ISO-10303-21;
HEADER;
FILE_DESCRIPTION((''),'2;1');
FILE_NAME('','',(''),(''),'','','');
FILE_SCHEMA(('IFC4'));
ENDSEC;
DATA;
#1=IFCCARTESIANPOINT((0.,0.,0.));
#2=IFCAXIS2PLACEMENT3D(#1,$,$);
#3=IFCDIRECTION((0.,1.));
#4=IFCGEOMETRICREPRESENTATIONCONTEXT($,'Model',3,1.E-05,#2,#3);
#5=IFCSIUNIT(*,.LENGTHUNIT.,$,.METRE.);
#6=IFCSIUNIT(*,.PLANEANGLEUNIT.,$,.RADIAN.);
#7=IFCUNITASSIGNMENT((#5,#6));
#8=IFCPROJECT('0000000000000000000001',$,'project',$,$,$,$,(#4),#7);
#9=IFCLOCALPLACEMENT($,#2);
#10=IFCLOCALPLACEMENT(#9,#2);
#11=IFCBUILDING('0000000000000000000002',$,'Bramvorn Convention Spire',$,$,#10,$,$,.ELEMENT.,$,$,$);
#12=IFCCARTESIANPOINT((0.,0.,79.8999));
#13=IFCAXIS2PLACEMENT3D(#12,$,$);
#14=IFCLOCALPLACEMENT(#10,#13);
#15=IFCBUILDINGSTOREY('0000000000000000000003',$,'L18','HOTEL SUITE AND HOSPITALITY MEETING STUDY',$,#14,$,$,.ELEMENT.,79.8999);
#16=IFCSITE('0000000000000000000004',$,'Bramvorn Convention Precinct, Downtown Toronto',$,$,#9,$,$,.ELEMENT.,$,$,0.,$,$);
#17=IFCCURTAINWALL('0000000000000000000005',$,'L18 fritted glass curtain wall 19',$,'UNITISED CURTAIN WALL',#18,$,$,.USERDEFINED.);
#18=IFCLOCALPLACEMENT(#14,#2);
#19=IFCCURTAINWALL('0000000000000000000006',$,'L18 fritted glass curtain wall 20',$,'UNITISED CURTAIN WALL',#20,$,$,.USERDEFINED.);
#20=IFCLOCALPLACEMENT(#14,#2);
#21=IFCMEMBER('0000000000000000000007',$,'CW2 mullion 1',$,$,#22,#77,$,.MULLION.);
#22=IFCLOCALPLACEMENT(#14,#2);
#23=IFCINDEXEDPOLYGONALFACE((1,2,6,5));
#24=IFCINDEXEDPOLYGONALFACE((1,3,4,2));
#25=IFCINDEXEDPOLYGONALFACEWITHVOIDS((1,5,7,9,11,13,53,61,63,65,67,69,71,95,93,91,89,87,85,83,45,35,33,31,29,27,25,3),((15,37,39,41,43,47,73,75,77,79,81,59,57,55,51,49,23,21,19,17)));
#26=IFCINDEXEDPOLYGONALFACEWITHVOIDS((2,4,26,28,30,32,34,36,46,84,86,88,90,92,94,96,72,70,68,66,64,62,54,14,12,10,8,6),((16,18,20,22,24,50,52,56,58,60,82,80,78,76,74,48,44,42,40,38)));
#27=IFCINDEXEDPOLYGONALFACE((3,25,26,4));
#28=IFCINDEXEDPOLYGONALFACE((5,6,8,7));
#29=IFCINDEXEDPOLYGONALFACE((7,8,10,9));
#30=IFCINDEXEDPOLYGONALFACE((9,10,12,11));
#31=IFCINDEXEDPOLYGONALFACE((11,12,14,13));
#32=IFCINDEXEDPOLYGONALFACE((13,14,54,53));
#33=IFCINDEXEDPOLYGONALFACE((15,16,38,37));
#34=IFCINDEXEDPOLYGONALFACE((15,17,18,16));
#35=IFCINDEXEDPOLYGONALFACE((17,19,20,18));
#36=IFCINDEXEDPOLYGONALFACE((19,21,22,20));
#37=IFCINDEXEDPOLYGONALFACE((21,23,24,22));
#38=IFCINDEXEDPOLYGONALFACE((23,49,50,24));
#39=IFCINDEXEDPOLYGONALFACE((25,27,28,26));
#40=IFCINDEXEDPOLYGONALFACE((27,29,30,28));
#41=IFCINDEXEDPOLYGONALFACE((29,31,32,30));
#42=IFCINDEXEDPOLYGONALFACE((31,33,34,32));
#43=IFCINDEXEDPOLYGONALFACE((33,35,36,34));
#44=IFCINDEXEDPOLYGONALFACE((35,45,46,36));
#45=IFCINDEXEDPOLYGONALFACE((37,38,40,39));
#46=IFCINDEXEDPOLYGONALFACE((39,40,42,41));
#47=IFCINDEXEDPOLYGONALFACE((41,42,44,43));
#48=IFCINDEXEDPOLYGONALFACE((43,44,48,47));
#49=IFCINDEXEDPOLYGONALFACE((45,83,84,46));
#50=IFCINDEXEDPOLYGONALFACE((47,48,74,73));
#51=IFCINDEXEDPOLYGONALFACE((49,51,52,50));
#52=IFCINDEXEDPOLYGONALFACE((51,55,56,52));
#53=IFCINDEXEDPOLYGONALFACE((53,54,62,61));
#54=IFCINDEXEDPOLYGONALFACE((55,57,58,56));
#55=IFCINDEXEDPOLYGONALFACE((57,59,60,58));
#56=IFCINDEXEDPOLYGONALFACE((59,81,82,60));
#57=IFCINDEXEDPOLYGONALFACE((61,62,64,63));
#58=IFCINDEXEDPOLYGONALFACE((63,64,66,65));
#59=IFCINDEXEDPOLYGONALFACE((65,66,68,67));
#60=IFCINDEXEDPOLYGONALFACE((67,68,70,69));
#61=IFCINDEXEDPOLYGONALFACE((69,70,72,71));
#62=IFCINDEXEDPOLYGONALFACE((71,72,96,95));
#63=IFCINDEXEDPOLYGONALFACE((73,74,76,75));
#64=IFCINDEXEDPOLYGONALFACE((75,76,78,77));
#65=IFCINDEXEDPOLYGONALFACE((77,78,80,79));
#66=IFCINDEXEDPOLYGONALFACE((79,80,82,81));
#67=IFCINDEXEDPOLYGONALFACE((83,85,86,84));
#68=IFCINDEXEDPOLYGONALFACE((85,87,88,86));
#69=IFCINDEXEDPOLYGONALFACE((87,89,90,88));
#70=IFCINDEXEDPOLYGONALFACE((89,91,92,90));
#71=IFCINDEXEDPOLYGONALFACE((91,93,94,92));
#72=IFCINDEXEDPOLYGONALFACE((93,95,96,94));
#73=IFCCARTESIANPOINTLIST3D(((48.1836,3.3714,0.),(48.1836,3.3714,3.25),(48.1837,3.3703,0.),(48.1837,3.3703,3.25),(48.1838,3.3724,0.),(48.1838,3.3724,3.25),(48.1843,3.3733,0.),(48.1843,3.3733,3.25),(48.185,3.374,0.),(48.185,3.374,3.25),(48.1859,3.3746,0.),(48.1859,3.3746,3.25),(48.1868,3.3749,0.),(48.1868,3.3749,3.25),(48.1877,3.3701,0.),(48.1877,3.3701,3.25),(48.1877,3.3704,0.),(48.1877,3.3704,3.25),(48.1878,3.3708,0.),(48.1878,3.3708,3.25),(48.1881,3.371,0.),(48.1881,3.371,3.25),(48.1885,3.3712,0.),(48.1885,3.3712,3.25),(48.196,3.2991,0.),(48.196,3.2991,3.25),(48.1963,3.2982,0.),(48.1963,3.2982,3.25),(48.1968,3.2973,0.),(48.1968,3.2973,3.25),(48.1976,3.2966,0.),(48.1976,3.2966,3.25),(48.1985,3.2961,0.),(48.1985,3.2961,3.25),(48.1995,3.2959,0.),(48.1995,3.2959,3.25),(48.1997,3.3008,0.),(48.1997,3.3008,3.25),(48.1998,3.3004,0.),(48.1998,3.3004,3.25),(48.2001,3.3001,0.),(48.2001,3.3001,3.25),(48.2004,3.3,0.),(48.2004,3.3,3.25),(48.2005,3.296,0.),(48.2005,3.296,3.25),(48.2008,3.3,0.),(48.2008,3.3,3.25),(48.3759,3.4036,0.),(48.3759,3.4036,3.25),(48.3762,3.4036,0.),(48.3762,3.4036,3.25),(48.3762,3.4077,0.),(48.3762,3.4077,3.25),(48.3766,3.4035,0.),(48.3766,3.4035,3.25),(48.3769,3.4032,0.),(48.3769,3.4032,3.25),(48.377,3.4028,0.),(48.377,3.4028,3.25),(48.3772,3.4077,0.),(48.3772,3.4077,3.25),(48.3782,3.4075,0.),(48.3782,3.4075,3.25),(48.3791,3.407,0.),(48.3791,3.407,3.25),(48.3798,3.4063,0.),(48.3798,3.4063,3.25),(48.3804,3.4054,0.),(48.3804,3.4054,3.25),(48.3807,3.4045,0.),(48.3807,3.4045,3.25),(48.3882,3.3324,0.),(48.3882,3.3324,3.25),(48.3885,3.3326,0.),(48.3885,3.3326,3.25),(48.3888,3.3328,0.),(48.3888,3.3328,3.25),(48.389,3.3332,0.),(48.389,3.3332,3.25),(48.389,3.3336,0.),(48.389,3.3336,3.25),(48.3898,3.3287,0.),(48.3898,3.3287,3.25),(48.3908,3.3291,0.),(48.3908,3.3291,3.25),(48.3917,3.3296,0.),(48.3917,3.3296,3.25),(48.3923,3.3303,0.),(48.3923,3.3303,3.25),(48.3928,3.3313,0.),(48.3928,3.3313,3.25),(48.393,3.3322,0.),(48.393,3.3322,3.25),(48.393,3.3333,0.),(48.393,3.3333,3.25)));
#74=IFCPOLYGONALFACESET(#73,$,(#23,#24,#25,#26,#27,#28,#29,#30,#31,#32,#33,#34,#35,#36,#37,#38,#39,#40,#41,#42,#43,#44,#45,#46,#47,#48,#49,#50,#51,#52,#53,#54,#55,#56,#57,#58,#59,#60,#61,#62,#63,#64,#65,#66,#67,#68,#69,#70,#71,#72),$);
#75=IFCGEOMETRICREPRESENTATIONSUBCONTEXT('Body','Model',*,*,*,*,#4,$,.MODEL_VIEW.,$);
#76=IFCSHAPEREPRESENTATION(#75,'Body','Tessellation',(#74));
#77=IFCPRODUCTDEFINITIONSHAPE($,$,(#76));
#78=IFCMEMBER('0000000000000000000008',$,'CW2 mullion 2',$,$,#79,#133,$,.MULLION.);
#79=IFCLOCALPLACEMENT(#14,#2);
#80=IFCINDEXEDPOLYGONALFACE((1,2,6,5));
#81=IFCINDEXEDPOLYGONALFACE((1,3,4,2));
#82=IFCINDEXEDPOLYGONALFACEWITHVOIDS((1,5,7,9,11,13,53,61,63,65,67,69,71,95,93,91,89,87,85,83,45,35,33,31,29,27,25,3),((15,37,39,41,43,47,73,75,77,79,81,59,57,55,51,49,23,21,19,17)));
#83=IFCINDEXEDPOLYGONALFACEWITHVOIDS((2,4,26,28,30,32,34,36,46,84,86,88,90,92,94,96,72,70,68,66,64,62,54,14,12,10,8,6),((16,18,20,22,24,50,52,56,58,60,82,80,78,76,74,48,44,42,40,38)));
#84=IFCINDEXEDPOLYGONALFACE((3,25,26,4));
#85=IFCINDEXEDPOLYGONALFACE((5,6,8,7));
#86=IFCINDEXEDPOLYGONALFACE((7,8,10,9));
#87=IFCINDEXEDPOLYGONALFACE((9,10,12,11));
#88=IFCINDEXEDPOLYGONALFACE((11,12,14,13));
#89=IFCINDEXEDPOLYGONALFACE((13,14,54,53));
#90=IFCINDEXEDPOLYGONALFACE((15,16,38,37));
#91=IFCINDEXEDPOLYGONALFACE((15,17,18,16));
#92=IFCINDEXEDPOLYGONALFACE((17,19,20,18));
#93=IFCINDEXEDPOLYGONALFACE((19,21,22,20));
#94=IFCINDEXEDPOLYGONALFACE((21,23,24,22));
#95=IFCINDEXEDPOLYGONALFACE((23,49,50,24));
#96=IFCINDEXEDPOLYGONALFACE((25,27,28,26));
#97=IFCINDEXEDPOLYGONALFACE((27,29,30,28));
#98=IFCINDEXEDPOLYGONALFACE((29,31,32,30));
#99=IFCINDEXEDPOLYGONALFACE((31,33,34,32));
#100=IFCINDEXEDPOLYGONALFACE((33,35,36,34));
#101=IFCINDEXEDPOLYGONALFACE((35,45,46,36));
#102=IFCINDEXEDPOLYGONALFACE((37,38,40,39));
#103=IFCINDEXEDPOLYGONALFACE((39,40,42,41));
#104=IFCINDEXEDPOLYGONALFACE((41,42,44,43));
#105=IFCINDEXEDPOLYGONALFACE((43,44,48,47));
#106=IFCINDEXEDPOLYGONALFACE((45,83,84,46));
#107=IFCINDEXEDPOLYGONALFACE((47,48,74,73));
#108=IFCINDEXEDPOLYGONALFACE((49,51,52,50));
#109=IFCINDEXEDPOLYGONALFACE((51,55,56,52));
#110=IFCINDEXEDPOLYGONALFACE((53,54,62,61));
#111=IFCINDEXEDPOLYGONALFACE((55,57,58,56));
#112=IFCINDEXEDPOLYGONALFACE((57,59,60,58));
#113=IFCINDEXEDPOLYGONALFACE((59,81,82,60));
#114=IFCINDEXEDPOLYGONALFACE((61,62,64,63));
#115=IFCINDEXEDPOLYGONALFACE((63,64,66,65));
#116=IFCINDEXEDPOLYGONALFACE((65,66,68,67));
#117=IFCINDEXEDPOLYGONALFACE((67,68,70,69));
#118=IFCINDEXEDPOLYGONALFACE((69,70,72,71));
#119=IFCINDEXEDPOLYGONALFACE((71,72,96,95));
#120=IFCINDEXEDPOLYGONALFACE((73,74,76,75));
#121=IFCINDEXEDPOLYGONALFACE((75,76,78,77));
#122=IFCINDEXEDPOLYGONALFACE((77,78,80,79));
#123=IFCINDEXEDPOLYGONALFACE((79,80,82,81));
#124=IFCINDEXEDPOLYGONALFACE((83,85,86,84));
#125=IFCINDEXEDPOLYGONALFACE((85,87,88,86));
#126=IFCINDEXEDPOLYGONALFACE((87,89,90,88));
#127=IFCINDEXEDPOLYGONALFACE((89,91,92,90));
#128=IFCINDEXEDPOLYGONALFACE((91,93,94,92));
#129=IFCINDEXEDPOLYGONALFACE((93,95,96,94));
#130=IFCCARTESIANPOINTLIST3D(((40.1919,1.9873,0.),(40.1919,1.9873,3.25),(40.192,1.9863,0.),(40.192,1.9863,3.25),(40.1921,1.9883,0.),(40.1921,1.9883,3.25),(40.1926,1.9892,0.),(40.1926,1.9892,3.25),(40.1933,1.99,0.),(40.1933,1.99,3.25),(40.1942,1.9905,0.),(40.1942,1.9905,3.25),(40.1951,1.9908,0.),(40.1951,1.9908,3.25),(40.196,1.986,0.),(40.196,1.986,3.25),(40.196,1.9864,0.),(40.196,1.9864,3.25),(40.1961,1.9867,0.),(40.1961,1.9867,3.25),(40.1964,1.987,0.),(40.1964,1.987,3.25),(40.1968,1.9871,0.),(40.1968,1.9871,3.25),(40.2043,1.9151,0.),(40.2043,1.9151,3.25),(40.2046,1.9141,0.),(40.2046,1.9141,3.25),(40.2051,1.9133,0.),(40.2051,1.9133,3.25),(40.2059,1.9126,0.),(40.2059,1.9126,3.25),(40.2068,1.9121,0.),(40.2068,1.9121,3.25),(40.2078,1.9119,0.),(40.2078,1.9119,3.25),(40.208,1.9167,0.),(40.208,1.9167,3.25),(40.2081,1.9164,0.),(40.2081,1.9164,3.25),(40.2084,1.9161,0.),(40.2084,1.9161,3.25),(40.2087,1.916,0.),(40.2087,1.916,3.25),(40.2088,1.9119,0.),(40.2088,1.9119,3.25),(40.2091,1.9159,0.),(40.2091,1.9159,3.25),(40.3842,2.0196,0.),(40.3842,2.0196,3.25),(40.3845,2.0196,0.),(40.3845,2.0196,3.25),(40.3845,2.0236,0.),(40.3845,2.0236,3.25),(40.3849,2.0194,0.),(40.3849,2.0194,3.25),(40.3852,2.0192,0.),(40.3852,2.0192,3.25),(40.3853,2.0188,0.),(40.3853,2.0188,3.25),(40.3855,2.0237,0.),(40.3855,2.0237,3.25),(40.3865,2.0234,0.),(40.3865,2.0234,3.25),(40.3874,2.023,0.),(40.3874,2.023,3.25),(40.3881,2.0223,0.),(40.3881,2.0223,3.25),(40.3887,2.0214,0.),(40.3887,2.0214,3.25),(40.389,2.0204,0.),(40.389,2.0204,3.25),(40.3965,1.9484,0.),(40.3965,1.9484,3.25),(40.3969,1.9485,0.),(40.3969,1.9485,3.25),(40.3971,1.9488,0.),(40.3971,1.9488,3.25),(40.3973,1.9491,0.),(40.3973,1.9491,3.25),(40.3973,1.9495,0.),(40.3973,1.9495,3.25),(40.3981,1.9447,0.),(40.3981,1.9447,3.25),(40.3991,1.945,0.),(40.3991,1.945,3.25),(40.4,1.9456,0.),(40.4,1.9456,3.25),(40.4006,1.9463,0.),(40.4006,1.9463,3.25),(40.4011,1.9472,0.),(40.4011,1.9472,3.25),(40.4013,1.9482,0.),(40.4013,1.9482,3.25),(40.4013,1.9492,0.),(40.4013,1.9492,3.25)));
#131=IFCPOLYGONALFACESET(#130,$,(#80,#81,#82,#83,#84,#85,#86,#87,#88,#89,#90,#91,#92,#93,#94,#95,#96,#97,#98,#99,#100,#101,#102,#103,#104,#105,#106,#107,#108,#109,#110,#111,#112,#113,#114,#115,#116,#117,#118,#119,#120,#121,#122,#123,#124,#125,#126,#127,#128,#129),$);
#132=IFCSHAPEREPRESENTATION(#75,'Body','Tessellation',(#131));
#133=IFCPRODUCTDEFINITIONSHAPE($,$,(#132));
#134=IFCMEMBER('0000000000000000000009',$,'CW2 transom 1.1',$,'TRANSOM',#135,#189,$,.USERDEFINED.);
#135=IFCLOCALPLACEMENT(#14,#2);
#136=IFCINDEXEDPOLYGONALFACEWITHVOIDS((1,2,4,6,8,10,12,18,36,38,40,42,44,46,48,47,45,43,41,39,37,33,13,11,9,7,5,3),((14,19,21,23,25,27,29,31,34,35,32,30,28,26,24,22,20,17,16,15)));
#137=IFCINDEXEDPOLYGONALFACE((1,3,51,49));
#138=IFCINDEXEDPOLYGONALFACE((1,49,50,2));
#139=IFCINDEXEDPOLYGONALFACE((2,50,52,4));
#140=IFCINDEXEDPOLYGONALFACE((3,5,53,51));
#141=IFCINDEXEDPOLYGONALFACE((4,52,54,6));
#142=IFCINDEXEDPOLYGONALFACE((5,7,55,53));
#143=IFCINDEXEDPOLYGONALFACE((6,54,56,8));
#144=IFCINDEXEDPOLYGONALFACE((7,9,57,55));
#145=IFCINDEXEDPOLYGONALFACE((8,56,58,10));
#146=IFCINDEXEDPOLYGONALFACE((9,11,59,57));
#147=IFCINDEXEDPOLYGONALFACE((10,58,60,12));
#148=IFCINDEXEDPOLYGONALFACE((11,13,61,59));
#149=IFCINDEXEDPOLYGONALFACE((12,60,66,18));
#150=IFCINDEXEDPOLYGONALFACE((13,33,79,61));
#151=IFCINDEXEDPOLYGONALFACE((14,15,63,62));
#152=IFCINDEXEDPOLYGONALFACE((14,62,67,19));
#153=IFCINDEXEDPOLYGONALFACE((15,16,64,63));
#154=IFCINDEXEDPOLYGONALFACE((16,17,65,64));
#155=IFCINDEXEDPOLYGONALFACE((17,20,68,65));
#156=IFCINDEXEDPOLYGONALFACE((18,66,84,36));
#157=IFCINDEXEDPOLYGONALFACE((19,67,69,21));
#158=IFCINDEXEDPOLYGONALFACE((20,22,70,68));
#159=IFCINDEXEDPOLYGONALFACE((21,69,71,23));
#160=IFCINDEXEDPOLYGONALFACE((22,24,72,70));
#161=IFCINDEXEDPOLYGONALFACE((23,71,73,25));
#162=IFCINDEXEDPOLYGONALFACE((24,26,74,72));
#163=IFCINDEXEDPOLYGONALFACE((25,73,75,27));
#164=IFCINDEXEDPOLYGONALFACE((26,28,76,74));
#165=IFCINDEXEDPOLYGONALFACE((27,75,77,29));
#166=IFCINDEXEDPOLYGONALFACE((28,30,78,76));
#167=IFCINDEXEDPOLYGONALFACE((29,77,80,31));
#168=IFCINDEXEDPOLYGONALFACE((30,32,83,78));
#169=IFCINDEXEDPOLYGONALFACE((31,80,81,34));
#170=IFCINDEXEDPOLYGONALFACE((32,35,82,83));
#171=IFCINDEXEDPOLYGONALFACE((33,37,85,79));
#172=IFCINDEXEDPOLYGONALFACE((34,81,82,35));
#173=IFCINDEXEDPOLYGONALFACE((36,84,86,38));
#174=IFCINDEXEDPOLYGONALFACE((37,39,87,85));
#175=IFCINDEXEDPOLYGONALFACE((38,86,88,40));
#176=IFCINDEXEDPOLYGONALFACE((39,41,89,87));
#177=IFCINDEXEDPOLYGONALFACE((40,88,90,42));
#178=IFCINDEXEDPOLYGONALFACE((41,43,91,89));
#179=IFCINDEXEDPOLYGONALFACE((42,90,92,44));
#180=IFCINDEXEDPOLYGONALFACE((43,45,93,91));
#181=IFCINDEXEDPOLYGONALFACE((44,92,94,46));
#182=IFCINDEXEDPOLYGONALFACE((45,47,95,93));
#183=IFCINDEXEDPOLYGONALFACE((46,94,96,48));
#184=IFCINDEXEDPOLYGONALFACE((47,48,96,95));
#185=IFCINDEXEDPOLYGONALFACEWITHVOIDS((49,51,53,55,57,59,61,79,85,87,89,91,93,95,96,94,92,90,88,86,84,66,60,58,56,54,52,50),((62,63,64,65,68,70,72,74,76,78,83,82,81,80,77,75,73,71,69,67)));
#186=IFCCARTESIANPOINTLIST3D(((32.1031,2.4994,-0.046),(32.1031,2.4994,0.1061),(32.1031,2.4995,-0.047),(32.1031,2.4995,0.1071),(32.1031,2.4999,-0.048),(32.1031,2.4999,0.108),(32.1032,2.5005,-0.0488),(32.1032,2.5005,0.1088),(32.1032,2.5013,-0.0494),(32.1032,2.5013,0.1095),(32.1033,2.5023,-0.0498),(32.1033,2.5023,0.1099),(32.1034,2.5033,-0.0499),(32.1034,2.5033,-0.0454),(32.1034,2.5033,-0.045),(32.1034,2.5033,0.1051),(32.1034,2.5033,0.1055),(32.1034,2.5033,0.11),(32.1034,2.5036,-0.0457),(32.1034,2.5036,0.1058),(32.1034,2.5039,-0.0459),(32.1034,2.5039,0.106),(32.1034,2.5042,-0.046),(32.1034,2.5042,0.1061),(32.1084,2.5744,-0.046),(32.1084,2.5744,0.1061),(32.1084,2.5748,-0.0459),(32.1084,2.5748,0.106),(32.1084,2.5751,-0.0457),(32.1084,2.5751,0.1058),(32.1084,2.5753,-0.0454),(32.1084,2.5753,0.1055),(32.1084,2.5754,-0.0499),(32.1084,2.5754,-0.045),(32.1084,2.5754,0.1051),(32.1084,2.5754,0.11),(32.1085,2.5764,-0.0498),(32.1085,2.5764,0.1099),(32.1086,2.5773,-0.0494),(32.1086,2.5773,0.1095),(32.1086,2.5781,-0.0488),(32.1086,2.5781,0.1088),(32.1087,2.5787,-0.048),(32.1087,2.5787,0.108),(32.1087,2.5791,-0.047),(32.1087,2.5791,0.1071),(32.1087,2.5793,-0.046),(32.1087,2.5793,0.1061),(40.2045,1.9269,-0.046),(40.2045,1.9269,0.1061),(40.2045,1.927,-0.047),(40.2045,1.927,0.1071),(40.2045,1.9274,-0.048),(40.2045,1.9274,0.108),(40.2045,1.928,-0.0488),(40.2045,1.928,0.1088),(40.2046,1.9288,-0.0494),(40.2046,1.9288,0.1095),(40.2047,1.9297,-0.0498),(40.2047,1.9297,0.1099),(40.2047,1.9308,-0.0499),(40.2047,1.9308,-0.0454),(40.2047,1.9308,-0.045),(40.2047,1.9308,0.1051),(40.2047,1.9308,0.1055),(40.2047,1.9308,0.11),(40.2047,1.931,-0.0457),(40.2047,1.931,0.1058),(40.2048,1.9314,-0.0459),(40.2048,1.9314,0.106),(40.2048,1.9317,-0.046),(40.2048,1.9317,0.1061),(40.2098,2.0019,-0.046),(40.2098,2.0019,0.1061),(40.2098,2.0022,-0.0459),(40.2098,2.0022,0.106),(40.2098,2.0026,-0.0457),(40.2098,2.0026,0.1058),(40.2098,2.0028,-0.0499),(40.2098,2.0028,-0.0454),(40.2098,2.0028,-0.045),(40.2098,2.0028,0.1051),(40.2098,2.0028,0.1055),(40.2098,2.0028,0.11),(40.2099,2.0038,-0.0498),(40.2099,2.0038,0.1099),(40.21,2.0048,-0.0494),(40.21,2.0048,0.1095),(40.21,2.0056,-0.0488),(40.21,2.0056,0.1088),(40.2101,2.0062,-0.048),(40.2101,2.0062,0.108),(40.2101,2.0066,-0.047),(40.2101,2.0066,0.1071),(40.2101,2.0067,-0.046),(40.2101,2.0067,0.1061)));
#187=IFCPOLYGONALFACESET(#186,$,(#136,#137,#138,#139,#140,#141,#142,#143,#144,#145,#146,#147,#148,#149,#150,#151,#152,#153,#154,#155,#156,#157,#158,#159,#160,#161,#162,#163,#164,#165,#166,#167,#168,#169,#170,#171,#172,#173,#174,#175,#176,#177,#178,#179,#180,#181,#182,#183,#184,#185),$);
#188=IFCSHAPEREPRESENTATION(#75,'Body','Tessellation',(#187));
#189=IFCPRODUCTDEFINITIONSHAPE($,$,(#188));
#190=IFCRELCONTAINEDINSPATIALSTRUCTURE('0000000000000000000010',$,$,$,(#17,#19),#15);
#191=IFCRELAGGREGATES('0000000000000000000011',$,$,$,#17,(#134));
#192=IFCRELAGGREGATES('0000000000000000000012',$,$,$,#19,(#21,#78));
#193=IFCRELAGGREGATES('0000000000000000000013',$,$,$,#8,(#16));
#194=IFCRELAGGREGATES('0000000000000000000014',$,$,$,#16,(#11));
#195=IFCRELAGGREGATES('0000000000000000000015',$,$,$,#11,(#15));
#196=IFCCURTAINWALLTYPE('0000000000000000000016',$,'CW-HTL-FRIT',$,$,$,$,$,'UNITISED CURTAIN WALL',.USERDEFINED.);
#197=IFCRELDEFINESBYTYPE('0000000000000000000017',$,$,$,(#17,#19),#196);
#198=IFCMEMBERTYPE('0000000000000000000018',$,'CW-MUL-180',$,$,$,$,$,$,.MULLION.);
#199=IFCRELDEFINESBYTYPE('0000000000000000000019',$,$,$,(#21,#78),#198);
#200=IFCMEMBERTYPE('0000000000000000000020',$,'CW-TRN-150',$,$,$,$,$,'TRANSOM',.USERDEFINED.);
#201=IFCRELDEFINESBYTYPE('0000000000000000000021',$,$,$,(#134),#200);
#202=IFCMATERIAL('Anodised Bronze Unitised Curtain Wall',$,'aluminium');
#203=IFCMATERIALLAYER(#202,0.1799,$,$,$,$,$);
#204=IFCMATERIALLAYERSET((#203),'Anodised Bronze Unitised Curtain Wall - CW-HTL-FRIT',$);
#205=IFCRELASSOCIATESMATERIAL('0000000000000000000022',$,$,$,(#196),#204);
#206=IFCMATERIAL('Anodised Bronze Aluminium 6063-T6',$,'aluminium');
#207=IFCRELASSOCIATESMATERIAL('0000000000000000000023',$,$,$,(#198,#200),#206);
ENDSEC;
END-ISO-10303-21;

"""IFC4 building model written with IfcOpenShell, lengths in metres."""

from ifc_helpers import new_model, si_unit, direction, frame, origin, origin_2d, place, context, subcontext, project, spatial, hollow_rectangle, extrude, material, layer, layer_set, material_profile, profile_set, type_object, element, aggregate, save


model = new_model("IFC4")

# Units and contexts
model_context = context("Model", 3, precision=1e-05, world=origin(), true_north=direction((0.0, 1.0)))
body_context = subcontext(model_context, "Body", "Model", "MODEL_VIEW")
ifc_project = project(units=[si_unit("LENGTHUNIT", "METRE"), si_unit("PLANEANGLEUNIT", "RADIAN")], contexts=[model_context])

# Site, building, storey
site_placement = place(None, origin())
site = spatial("IfcSite", under=ifc_project, at=site_placement, Name="Bramvorn Convention Precinct, Downtown Toronto", CompositionType="ELEMENT", RefElevation=0.0)
building_placement = place(site_placement, origin())
building = spatial("IfcBuilding", under=site, at=building_placement, Name="Bramvorn Convention Spire", CompositionType="ELEMENT")
storey_placement = place(building_placement, frame((0.0, 0.0, 79.8999)))
storey = spatial("IfcBuildingStorey", under=building, at=storey_placement, Name="L18", Description="HOTEL SUITE AND HOSPITALITY MEETING STUDY", CompositionType="ELEMENT", Elevation=79.8999)

# Curtain wall
ifc_material_1 = material(Name="Anodised Bronze Unitised Curtain Wall", Category="aluminium")
ifc_layer_1 = layer(ifc_material_1, 0.1799)
ifc_layer_set_1 = layer_set([ifc_layer_1], Name="Anodised Bronze Unitised Curtain Wall - CW-HTL-FRIT")
curtain_wall_type = type_object("IfcCurtainWallType", Name="CW-HTL-FRIT", ElementType="UNITISED CURTAIN WALL", PredefinedType="USERDEFINED", material=ifc_layer_set_1)
curtain_wall_1_placement = place(storey_placement, origin())
curtain_wall_1 = element("IfcCurtainWall", 1, at=curtain_wall_1_placement, inside=storey, type_object=curtain_wall_type, Name="L18 fritted glass curtain wall 19", ObjectType="UNITISED CURTAIN WALL", PredefinedType="USERDEFINED")
ifc_material_2 = material(Name="Anodised Bronze Aluminium 6063-T6", Category="aluminium")
ifc_material_profile_1 = material_profile(ifc_material_2, hollow_rectangle(XDim=0.0801, YDim=0.2, WallThickness=0.0039, InnerFilletRadius=0.001, OuterFilletRadius=0.0039, at=origin_2d()))
ifc_profile_set_1 = profile_set([ifc_material_profile_1], Name="Anodised Bronze Aluminium 6063-T6 - CWM80X200")
member_type_1 = type_object("IfcMemberType", Name="CW-MUL-180", PredefinedType="MULLION", material=ifc_profile_set_1)

# Curtain wall, members
curtain_wall_2_placement = place(storey_placement, origin())
curtain_wall_2 = element("IfcCurtainWall", 2, at=curtain_wall_2_placement, inside=storey, type_object=curtain_wall_type, Name="L18 fritted glass curtain wall 20", ObjectType="UNITISED CURTAIN WALL", PredefinedType="USERDEFINED")
member_1_placement = place(storey_placement, frame((48.2883, 3.3518, 0.0), z_axis=(0.0, 0.0, 1.0), x_axis=(0.170645, -0.985333, 0.0)))
member_1 = element("IfcMember", 3, at=member_1_placement, type_object=member_type_1, Name="CW2 mullion 1", PredefinedType="MULLION", context=body_context, shape_type="SweptSolid", body=[
    extrude(hollow_rectangle(XDim=0.0801, YDim=0.2, WallThickness=0.0039, InnerFilletRadius=0.001, OuterFilletRadius=0.0039, at=origin_2d()), origin(), (0.0, 0.0, 1.0), 3.25),
])
member_2_placement = place(storey_placement, frame((40.2966, 1.9678, 0.0), z_axis=(0.0, 0.0, 1.0), x_axis=(0.170645, -0.985333, 0.0)))
member_2 = element("IfcMember", 4, at=member_2_placement, type_object=member_type_1, Name="CW2 mullion 2", PredefinedType="MULLION", context=body_context, shape_type="SweptSolid", body=[
    extrude(hollow_rectangle(XDim=0.0801, YDim=0.2, WallThickness=0.0039, InnerFilletRadius=0.001, OuterFilletRadius=0.0039, at=origin_2d()), origin(), (0.0, 0.0, 1.0), 3.25),
])

# Member
ifc_material_profile_2 = material_profile(ifc_material_2, hollow_rectangle(XDim=0.0801, YDim=0.1599, WallThickness=0.0039, InnerFilletRadius=0.001, OuterFilletRadius=0.0039, at=origin_2d()))
ifc_profile_set_2 = profile_set([ifc_material_profile_2], Name="Anodised Bronze Aluminium 6063-T6 - CWT80X160")
member_type_2 = type_object("IfcMemberType", Name="CW-TRN-150", ElementType="TRANSOM", PredefinedType="USERDEFINED", material=ifc_profile_set_2)
member_3_placement = place(storey_placement, frame((40.2073, 1.9668, 0.03), z_axis=(-0.997512, 0.070493, 0.0), x_axis=(-0.070493, -0.997512, 0.0)))
member_3 = element("IfcMember", 5, at=member_3_placement, type_object=member_type_2, Name="CW2 transom 1.1", ObjectType="TRANSOM", PredefinedType="USERDEFINED", context=body_context, shape_type="SweptSolid", body=[
    extrude(hollow_rectangle(XDim=0.0801, YDim=0.1599, WallThickness=0.0039, InnerFilletRadius=0.001, OuterFilletRadius=0.0039, at=origin_2d()), origin(), (0.0, 0.0, 1.0), 8.1216),
])

aggregate(curtain_wall_1, [member_3])
aggregate(curtain_wall_2, [member_1, member_2])

save(model, "model.ifc")
